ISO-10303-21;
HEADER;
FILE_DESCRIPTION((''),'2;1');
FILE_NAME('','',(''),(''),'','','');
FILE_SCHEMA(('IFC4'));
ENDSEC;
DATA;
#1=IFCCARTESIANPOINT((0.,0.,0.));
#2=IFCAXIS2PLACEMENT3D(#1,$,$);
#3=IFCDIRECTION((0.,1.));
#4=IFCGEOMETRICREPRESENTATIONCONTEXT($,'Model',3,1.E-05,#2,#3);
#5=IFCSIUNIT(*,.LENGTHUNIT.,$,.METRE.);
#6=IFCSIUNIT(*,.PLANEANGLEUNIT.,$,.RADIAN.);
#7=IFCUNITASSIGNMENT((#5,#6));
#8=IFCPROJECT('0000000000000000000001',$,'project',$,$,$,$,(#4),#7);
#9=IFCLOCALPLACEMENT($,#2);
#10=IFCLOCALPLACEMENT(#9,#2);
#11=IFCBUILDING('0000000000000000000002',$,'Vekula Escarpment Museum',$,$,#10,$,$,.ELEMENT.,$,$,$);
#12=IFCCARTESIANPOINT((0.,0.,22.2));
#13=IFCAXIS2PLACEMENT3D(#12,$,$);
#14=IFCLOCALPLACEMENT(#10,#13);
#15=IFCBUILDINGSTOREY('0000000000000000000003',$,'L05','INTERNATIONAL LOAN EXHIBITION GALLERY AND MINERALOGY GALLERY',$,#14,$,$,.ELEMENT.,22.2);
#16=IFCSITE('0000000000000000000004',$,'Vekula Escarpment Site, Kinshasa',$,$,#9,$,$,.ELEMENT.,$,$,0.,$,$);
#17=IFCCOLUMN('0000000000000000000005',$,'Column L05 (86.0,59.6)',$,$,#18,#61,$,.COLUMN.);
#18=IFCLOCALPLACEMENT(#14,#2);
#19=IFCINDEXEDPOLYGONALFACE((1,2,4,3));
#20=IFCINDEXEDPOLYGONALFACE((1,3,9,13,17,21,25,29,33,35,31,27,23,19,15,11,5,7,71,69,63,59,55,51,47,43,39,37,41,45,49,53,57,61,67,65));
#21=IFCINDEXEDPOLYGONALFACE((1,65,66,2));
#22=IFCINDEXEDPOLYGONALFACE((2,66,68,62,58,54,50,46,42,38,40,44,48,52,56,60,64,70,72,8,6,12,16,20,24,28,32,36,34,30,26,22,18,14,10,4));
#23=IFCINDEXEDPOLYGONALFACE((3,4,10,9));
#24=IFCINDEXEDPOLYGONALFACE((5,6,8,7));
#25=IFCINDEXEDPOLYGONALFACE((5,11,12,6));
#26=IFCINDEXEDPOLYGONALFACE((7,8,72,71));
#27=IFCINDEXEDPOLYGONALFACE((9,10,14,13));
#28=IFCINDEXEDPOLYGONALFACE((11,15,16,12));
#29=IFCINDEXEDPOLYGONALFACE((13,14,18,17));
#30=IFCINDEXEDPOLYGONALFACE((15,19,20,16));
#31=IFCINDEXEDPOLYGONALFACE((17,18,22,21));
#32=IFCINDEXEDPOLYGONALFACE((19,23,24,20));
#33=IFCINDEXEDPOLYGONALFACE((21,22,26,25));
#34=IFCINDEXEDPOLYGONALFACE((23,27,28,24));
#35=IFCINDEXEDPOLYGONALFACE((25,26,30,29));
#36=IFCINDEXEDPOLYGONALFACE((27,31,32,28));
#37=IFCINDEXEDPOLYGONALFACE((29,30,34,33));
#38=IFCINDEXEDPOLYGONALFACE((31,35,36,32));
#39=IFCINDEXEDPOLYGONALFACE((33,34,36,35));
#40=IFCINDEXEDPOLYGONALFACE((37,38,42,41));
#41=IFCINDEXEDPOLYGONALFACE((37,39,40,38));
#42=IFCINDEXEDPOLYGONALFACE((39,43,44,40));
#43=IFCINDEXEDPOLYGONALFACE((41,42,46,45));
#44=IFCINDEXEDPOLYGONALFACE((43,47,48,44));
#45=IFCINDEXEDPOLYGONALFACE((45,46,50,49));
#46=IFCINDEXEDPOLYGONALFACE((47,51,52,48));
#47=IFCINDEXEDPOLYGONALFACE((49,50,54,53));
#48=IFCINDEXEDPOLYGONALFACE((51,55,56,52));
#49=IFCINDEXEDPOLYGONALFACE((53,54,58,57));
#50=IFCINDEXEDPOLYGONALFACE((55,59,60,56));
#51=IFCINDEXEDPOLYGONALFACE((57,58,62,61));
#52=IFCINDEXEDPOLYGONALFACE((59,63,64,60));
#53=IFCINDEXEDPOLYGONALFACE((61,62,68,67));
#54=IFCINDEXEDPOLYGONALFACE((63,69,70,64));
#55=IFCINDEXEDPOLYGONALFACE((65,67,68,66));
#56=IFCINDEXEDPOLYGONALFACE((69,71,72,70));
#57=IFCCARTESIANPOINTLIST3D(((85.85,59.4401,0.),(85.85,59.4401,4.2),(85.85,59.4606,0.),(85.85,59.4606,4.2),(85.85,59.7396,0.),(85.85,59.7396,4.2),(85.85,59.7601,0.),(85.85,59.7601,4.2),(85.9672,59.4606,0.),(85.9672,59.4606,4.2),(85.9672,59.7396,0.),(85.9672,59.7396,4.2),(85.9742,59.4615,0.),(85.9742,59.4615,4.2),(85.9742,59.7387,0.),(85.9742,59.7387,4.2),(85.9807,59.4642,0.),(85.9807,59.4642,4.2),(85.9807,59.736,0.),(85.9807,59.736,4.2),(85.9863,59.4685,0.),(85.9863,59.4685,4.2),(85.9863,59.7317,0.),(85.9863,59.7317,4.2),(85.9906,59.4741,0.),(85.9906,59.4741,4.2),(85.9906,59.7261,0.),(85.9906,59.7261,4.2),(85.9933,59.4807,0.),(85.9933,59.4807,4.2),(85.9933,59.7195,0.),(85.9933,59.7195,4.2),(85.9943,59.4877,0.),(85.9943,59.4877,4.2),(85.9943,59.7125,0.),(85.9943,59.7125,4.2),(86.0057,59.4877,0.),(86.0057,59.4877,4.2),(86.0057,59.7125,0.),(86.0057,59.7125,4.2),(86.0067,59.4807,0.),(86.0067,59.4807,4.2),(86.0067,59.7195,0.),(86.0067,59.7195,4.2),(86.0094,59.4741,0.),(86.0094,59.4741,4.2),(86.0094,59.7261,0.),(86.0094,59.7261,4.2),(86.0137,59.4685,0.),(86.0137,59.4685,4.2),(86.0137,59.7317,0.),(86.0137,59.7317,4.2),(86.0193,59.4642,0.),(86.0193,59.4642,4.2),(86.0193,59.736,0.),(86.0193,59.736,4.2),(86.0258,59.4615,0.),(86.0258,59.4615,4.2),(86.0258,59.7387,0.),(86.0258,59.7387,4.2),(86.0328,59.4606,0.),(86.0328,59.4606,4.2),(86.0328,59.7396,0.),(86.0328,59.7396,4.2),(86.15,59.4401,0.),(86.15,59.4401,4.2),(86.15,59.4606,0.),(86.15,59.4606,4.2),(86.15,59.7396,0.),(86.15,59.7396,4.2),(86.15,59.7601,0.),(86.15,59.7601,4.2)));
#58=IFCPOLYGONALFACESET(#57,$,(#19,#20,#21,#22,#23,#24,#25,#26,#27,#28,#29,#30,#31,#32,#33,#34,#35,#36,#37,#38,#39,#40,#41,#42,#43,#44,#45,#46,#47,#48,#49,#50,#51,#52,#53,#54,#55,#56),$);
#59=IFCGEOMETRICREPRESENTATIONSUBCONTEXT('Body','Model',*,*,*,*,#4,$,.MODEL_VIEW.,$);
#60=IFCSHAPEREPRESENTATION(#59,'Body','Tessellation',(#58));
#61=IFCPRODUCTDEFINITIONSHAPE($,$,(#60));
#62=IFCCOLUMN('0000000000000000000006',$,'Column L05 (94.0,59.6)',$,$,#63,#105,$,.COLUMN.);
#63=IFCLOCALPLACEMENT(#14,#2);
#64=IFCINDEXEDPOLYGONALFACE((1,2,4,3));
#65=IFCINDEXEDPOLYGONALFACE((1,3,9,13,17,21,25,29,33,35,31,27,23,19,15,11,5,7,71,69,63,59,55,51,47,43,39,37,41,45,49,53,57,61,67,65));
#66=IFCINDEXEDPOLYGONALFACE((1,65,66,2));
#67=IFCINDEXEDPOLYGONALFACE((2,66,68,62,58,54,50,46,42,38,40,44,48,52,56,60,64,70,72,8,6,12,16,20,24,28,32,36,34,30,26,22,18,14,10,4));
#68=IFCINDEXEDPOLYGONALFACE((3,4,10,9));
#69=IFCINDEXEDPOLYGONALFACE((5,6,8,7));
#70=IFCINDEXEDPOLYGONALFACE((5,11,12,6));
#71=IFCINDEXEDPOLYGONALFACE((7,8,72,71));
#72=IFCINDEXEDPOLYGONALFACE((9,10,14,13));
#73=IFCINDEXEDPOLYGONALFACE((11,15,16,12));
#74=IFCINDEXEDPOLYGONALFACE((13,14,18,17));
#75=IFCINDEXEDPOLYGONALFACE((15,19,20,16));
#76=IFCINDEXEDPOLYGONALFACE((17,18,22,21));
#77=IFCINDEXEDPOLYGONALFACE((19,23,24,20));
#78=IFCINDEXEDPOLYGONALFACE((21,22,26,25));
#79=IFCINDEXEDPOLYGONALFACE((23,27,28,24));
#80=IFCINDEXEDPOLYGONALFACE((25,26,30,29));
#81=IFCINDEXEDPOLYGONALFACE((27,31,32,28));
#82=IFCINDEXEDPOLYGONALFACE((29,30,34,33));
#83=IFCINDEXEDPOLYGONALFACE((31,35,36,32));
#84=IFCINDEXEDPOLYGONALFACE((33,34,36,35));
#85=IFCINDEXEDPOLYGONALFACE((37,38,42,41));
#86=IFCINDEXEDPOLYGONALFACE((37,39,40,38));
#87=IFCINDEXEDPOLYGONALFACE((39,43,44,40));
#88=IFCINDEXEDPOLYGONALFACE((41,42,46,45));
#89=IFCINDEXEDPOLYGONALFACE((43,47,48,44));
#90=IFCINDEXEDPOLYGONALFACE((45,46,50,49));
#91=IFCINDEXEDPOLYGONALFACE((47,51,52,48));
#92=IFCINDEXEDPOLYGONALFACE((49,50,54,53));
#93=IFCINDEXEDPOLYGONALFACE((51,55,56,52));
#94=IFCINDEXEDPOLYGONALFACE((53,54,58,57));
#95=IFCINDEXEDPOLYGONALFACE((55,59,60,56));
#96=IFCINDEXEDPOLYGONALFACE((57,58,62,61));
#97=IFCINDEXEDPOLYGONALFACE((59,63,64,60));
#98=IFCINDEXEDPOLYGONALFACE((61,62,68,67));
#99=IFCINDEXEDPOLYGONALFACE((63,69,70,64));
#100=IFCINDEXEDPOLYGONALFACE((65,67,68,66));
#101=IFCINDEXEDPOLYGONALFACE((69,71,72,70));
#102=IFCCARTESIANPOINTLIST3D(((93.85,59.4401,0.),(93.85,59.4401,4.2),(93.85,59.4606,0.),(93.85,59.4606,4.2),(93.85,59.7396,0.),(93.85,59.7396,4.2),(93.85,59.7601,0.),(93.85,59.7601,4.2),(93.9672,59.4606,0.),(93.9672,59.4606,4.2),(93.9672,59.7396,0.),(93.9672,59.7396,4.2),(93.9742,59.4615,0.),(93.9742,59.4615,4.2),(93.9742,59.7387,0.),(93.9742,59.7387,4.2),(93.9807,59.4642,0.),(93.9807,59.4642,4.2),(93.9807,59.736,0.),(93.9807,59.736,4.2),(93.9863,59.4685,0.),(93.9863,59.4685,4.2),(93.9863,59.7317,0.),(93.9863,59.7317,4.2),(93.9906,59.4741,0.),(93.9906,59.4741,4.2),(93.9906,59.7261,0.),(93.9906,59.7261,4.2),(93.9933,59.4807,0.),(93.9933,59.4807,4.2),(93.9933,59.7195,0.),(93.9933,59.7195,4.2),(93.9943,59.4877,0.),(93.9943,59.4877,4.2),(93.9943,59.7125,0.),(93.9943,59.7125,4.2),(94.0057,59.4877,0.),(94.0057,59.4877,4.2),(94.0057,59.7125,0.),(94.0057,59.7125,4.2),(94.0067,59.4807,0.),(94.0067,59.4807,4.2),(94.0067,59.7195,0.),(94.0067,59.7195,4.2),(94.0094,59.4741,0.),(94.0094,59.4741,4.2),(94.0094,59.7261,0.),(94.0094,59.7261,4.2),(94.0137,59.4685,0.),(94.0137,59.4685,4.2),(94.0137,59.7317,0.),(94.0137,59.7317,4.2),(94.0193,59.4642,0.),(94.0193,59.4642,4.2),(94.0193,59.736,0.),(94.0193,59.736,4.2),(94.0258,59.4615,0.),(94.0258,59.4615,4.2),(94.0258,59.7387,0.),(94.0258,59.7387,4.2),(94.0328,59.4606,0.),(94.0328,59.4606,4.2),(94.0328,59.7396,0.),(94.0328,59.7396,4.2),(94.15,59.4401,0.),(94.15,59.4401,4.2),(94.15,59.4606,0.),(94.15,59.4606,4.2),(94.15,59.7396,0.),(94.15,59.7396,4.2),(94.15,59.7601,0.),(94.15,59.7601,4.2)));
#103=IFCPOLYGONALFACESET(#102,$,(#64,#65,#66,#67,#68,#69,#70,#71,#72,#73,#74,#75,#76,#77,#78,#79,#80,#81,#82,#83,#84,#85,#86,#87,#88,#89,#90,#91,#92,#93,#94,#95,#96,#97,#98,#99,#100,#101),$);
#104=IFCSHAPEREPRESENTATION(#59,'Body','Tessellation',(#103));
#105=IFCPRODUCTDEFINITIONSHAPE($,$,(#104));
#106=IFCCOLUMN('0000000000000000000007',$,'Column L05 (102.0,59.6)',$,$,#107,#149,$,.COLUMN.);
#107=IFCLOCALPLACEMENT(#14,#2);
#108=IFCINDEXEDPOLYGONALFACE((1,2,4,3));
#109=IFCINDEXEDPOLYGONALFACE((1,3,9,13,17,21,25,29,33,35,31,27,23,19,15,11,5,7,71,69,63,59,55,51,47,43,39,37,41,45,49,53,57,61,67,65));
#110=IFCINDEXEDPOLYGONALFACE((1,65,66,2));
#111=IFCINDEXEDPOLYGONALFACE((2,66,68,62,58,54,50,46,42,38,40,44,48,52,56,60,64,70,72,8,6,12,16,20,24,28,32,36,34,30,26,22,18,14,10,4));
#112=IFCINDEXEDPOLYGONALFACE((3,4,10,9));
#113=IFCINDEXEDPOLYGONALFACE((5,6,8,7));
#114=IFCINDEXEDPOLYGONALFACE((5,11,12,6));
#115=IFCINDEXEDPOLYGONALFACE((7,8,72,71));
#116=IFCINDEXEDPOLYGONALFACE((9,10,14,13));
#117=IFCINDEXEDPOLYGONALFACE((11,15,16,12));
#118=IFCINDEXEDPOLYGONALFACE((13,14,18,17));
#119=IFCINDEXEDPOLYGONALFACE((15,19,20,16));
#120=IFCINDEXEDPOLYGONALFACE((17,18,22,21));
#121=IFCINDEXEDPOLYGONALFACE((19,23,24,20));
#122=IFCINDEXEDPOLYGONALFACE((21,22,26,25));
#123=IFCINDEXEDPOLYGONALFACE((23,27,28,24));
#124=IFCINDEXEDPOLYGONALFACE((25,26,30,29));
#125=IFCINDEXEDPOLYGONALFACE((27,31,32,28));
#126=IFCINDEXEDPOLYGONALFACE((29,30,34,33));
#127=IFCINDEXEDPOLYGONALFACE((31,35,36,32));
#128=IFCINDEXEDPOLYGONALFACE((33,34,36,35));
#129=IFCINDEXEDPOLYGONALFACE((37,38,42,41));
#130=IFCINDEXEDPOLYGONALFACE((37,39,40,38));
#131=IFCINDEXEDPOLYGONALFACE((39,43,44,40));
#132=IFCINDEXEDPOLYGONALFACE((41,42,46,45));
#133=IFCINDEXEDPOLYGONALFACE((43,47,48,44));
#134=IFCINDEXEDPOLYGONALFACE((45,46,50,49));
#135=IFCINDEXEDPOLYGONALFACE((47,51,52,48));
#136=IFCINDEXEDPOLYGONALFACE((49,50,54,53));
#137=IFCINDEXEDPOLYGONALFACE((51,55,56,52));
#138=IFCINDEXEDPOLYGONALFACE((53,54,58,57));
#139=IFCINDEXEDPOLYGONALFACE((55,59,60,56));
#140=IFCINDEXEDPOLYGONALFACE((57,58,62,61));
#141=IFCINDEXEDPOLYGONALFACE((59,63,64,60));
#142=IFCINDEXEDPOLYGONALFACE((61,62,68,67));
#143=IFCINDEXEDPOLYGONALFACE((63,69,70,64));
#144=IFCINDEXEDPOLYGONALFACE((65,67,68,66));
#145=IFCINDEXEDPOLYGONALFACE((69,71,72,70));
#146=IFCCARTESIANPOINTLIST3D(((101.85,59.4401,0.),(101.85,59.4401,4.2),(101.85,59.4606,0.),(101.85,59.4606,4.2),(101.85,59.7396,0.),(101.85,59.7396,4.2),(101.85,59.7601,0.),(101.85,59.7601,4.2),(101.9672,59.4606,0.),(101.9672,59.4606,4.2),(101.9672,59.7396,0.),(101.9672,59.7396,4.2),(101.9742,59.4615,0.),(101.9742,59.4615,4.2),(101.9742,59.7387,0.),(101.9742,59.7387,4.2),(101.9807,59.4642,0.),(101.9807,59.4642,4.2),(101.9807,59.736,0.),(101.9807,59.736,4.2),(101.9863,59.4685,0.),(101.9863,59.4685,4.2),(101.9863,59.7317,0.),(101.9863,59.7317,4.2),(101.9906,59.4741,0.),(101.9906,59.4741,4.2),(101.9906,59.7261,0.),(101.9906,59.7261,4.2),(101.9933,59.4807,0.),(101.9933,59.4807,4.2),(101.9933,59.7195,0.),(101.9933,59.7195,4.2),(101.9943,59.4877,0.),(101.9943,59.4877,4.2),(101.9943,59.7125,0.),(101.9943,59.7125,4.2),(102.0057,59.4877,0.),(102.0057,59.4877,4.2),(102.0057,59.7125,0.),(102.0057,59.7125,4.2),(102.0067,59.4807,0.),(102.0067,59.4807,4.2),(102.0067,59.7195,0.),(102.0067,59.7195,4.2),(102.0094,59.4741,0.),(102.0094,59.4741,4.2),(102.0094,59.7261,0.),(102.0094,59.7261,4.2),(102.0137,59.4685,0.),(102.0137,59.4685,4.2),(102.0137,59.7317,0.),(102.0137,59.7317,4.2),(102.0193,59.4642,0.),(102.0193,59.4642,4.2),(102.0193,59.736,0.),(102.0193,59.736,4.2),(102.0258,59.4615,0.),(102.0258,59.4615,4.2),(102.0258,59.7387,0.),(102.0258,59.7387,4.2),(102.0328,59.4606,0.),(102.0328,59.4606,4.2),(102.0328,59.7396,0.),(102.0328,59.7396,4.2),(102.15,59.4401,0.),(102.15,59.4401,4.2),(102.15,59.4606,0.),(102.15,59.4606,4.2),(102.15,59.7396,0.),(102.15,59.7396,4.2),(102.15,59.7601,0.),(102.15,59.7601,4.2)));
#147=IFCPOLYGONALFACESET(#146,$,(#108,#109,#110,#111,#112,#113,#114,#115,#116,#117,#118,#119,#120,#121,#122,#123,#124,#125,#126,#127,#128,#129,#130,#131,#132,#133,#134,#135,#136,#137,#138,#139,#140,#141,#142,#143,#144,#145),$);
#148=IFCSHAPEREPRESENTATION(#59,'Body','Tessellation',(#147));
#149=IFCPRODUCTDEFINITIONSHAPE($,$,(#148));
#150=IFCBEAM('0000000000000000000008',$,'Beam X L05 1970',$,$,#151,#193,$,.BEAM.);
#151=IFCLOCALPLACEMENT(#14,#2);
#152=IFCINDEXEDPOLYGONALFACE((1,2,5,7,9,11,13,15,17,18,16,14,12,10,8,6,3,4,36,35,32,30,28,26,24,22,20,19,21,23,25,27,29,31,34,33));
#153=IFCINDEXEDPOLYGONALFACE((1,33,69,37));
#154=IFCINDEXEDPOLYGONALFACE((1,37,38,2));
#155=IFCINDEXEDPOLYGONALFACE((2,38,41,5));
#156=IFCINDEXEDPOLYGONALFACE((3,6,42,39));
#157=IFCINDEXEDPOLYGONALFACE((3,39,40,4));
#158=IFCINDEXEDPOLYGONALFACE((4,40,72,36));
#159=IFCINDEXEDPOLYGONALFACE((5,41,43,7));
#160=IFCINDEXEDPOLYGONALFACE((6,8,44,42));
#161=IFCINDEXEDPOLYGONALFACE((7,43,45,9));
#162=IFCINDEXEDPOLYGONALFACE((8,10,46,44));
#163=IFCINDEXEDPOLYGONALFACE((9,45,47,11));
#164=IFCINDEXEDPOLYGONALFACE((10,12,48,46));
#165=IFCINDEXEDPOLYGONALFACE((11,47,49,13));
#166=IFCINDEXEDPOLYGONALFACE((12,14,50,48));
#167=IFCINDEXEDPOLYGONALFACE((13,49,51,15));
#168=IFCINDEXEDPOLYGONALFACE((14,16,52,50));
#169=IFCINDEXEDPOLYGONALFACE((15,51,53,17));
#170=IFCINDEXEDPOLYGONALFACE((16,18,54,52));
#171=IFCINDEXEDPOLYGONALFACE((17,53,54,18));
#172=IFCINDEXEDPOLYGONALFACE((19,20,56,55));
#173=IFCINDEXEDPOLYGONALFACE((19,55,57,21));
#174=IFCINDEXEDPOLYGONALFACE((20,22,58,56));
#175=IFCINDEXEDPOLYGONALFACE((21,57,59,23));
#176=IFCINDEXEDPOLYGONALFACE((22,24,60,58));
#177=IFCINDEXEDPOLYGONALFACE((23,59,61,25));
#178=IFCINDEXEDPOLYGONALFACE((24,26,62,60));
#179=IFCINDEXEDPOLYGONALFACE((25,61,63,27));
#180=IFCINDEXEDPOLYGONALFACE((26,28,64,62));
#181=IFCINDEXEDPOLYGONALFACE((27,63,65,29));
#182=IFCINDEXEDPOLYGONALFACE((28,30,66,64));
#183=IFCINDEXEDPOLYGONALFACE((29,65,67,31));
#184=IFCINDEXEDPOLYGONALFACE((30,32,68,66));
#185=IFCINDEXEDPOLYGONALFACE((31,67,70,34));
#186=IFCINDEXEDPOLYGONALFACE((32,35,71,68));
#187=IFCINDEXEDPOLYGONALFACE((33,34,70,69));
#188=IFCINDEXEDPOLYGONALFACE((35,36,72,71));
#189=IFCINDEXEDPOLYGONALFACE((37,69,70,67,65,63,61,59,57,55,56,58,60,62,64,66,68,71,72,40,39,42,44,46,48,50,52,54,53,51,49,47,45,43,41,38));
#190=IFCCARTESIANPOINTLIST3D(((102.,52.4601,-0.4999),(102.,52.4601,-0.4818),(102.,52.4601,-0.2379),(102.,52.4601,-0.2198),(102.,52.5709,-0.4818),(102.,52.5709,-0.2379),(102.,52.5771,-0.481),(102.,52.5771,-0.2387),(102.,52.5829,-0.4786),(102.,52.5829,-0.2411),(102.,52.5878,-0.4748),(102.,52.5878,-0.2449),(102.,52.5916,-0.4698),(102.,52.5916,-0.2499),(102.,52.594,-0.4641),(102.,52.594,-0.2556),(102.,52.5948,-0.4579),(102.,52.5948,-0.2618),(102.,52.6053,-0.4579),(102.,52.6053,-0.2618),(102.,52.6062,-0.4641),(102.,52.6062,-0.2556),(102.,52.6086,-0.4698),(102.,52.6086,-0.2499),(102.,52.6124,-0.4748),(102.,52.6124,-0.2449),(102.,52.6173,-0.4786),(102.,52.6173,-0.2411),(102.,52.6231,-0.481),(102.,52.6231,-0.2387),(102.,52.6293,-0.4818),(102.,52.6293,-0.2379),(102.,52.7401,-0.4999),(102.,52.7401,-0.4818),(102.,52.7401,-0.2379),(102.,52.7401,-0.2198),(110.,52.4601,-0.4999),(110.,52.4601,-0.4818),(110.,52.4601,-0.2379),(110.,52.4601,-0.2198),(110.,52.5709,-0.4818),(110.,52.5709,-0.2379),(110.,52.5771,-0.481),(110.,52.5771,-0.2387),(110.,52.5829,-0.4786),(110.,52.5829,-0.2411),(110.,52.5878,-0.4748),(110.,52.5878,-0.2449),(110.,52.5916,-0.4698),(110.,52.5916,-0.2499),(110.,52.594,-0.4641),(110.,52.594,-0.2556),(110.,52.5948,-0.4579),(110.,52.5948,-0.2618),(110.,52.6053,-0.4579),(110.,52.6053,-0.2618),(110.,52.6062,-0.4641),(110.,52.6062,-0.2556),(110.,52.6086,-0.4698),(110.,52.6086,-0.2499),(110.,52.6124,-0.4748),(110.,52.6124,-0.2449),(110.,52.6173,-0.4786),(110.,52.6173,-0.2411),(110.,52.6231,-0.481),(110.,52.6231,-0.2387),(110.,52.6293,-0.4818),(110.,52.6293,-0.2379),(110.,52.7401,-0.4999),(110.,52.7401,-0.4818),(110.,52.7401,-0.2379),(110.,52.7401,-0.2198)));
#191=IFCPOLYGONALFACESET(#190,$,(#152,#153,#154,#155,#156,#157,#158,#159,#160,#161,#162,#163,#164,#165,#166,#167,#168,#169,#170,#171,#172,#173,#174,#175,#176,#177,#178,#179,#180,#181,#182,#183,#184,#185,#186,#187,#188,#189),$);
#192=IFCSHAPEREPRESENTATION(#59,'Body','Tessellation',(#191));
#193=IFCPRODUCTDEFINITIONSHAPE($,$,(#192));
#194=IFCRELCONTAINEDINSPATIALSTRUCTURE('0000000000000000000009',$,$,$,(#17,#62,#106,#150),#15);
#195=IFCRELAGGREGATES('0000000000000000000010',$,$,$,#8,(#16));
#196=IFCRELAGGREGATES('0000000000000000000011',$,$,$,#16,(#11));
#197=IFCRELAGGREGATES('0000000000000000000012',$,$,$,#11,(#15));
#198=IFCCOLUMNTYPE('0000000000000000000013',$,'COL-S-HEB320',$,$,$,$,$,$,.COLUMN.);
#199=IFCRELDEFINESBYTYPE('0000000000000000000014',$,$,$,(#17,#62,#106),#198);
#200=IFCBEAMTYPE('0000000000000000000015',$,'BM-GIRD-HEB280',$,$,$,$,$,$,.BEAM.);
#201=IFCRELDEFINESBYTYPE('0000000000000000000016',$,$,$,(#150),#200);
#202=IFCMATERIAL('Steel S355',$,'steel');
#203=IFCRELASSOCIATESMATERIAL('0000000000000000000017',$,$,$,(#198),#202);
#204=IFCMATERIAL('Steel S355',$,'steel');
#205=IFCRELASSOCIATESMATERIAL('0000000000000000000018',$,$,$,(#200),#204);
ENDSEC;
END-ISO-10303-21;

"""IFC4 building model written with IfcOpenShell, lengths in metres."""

from ifc_helpers import new_model, si_unit, direction, frame, origin, origin_2d, place, context, subcontext, project, spatial, i_section, extrude, material, material_profile, profile_set, type_object, element, save


model = new_model("IFC4")

# Units and contexts
model_context = context("Model", 3, precision=1e-05, world=origin(), true_north=direction((0.0, 1.0)))
body_context = subcontext(model_context, "Body", "Model", "MODEL_VIEW")
ifc_project = project(units=[si_unit("LENGTHUNIT", "METRE"), si_unit("PLANEANGLEUNIT", "RADIAN")], contexts=[model_context])

# Site, building, storey
site_placement = place(None, origin())
site = spatial("IfcSite", under=ifc_project, at=site_placement, Name="Vekula Escarpment Site, Kinshasa", CompositionType="ELEMENT", RefElevation=0.0)
building_placement = place(site_placement, origin())
building = spatial("IfcBuilding", under=site, at=building_placement, Name="Vekula Escarpment Museum", CompositionType="ELEMENT")
storey_placement = place(building_placement, frame((0.0, 0.0, 22.2)))
storey = spatial("IfcBuildingStorey", under=building, at=storey_placement, Name="L05", Description="INTERNATIONAL LOAN EXHIBITION GALLERY AND MINERALOGY GALLERY", CompositionType="ELEMENT", Elevation=22.2)

# Columns
ifc_material_1 = material(Name="Steel S355", Category="steel")
ifc_material_profile_1 = material_profile(ifc_material_1, i_section(OverallWidth=0.3, OverallDepth=0.3201, WebThickness=0.0115, FlangeThickness=0.0205, FilletRadius=0.0271, at=origin_2d()), Name="HEB 320")
ifc_profile_set_1 = profile_set([ifc_material_profile_1], Name="Steel S355")
column_type = type_object("IfcColumnType", Name="COL-S-HEB320", PredefinedType="COLUMN", material=ifc_profile_set_1)
for number, where, z_axis, x_axis, name in (
    (1, (86.0, 59.6001, 0.0), (0.0, 0.0, 1.0), (1.0, 0.0, 0.0), "Column L05 (86.0,59.6)"),
    (2, (94.0, 59.6001, 0.0), (0.0, 0.0, 1.0), (1.0, 0.0, 0.0), "Column L05 (94.0,59.6)"),
    (3, (102.0, 59.6001, 0.0), (0.0, 0.0, 1.0), (1.0, 0.0, 0.0), "Column L05 (102.0,59.6)"),
):
    element("IfcColumn", number, at=place(storey_placement, frame(where, z_axis=z_axis, x_axis=x_axis)), inside=storey, type_object=column_type, Name=name, PredefinedType="COLUMN", context=body_context, shape_type="SweptSolid", body=[
        extrude(i_section(OverallWidth=0.3, OverallDepth=0.3201, WebThickness=0.0115, FlangeThickness=0.0205, FilletRadius=0.0271, at=origin_2d()), origin(), (0.0, 0.0, 1.0), 4.2),
    ])

# Beam
ifc_material_2 = material(Name="Steel S355", Category="steel")
ifc_material_profile_2 = material_profile(ifc_material_2, i_section(OverallWidth=0.28, OverallDepth=0.28, WebThickness=0.0105, FlangeThickness=0.0181, FilletRadius=0.0239, at=origin_2d()), Name="HEB 280")
ifc_profile_set_2 = profile_set([ifc_material_profile_2], Name="Steel S355")
beam_type_1 = type_object("IfcBeamType", Name="BM-GIRD-HEB280", PredefinedType="BEAM", material=ifc_profile_set_2)
beam_1_placement = place(storey_placement, frame((102.0, 52.6001, -0.3599), z_axis=(1.0, 0.0, 0.0), x_axis=(0.0, 1.0, 0.0)))
element("IfcBeam", 4, at=beam_1_placement, inside=storey, type_object=beam_type_1, Name="Beam X L05 1970", PredefinedType="BEAM", context=body_context, shape_type="SweptSolid", body=[
    extrude(i_section(OverallWidth=0.28, OverallDepth=0.28, WebThickness=0.0105, FlangeThickness=0.0181, FilletRadius=0.0239, at=origin_2d()), origin(), (0.0, 0.0, 1.0), 8.0),
])

save(model, "model.ifc")
